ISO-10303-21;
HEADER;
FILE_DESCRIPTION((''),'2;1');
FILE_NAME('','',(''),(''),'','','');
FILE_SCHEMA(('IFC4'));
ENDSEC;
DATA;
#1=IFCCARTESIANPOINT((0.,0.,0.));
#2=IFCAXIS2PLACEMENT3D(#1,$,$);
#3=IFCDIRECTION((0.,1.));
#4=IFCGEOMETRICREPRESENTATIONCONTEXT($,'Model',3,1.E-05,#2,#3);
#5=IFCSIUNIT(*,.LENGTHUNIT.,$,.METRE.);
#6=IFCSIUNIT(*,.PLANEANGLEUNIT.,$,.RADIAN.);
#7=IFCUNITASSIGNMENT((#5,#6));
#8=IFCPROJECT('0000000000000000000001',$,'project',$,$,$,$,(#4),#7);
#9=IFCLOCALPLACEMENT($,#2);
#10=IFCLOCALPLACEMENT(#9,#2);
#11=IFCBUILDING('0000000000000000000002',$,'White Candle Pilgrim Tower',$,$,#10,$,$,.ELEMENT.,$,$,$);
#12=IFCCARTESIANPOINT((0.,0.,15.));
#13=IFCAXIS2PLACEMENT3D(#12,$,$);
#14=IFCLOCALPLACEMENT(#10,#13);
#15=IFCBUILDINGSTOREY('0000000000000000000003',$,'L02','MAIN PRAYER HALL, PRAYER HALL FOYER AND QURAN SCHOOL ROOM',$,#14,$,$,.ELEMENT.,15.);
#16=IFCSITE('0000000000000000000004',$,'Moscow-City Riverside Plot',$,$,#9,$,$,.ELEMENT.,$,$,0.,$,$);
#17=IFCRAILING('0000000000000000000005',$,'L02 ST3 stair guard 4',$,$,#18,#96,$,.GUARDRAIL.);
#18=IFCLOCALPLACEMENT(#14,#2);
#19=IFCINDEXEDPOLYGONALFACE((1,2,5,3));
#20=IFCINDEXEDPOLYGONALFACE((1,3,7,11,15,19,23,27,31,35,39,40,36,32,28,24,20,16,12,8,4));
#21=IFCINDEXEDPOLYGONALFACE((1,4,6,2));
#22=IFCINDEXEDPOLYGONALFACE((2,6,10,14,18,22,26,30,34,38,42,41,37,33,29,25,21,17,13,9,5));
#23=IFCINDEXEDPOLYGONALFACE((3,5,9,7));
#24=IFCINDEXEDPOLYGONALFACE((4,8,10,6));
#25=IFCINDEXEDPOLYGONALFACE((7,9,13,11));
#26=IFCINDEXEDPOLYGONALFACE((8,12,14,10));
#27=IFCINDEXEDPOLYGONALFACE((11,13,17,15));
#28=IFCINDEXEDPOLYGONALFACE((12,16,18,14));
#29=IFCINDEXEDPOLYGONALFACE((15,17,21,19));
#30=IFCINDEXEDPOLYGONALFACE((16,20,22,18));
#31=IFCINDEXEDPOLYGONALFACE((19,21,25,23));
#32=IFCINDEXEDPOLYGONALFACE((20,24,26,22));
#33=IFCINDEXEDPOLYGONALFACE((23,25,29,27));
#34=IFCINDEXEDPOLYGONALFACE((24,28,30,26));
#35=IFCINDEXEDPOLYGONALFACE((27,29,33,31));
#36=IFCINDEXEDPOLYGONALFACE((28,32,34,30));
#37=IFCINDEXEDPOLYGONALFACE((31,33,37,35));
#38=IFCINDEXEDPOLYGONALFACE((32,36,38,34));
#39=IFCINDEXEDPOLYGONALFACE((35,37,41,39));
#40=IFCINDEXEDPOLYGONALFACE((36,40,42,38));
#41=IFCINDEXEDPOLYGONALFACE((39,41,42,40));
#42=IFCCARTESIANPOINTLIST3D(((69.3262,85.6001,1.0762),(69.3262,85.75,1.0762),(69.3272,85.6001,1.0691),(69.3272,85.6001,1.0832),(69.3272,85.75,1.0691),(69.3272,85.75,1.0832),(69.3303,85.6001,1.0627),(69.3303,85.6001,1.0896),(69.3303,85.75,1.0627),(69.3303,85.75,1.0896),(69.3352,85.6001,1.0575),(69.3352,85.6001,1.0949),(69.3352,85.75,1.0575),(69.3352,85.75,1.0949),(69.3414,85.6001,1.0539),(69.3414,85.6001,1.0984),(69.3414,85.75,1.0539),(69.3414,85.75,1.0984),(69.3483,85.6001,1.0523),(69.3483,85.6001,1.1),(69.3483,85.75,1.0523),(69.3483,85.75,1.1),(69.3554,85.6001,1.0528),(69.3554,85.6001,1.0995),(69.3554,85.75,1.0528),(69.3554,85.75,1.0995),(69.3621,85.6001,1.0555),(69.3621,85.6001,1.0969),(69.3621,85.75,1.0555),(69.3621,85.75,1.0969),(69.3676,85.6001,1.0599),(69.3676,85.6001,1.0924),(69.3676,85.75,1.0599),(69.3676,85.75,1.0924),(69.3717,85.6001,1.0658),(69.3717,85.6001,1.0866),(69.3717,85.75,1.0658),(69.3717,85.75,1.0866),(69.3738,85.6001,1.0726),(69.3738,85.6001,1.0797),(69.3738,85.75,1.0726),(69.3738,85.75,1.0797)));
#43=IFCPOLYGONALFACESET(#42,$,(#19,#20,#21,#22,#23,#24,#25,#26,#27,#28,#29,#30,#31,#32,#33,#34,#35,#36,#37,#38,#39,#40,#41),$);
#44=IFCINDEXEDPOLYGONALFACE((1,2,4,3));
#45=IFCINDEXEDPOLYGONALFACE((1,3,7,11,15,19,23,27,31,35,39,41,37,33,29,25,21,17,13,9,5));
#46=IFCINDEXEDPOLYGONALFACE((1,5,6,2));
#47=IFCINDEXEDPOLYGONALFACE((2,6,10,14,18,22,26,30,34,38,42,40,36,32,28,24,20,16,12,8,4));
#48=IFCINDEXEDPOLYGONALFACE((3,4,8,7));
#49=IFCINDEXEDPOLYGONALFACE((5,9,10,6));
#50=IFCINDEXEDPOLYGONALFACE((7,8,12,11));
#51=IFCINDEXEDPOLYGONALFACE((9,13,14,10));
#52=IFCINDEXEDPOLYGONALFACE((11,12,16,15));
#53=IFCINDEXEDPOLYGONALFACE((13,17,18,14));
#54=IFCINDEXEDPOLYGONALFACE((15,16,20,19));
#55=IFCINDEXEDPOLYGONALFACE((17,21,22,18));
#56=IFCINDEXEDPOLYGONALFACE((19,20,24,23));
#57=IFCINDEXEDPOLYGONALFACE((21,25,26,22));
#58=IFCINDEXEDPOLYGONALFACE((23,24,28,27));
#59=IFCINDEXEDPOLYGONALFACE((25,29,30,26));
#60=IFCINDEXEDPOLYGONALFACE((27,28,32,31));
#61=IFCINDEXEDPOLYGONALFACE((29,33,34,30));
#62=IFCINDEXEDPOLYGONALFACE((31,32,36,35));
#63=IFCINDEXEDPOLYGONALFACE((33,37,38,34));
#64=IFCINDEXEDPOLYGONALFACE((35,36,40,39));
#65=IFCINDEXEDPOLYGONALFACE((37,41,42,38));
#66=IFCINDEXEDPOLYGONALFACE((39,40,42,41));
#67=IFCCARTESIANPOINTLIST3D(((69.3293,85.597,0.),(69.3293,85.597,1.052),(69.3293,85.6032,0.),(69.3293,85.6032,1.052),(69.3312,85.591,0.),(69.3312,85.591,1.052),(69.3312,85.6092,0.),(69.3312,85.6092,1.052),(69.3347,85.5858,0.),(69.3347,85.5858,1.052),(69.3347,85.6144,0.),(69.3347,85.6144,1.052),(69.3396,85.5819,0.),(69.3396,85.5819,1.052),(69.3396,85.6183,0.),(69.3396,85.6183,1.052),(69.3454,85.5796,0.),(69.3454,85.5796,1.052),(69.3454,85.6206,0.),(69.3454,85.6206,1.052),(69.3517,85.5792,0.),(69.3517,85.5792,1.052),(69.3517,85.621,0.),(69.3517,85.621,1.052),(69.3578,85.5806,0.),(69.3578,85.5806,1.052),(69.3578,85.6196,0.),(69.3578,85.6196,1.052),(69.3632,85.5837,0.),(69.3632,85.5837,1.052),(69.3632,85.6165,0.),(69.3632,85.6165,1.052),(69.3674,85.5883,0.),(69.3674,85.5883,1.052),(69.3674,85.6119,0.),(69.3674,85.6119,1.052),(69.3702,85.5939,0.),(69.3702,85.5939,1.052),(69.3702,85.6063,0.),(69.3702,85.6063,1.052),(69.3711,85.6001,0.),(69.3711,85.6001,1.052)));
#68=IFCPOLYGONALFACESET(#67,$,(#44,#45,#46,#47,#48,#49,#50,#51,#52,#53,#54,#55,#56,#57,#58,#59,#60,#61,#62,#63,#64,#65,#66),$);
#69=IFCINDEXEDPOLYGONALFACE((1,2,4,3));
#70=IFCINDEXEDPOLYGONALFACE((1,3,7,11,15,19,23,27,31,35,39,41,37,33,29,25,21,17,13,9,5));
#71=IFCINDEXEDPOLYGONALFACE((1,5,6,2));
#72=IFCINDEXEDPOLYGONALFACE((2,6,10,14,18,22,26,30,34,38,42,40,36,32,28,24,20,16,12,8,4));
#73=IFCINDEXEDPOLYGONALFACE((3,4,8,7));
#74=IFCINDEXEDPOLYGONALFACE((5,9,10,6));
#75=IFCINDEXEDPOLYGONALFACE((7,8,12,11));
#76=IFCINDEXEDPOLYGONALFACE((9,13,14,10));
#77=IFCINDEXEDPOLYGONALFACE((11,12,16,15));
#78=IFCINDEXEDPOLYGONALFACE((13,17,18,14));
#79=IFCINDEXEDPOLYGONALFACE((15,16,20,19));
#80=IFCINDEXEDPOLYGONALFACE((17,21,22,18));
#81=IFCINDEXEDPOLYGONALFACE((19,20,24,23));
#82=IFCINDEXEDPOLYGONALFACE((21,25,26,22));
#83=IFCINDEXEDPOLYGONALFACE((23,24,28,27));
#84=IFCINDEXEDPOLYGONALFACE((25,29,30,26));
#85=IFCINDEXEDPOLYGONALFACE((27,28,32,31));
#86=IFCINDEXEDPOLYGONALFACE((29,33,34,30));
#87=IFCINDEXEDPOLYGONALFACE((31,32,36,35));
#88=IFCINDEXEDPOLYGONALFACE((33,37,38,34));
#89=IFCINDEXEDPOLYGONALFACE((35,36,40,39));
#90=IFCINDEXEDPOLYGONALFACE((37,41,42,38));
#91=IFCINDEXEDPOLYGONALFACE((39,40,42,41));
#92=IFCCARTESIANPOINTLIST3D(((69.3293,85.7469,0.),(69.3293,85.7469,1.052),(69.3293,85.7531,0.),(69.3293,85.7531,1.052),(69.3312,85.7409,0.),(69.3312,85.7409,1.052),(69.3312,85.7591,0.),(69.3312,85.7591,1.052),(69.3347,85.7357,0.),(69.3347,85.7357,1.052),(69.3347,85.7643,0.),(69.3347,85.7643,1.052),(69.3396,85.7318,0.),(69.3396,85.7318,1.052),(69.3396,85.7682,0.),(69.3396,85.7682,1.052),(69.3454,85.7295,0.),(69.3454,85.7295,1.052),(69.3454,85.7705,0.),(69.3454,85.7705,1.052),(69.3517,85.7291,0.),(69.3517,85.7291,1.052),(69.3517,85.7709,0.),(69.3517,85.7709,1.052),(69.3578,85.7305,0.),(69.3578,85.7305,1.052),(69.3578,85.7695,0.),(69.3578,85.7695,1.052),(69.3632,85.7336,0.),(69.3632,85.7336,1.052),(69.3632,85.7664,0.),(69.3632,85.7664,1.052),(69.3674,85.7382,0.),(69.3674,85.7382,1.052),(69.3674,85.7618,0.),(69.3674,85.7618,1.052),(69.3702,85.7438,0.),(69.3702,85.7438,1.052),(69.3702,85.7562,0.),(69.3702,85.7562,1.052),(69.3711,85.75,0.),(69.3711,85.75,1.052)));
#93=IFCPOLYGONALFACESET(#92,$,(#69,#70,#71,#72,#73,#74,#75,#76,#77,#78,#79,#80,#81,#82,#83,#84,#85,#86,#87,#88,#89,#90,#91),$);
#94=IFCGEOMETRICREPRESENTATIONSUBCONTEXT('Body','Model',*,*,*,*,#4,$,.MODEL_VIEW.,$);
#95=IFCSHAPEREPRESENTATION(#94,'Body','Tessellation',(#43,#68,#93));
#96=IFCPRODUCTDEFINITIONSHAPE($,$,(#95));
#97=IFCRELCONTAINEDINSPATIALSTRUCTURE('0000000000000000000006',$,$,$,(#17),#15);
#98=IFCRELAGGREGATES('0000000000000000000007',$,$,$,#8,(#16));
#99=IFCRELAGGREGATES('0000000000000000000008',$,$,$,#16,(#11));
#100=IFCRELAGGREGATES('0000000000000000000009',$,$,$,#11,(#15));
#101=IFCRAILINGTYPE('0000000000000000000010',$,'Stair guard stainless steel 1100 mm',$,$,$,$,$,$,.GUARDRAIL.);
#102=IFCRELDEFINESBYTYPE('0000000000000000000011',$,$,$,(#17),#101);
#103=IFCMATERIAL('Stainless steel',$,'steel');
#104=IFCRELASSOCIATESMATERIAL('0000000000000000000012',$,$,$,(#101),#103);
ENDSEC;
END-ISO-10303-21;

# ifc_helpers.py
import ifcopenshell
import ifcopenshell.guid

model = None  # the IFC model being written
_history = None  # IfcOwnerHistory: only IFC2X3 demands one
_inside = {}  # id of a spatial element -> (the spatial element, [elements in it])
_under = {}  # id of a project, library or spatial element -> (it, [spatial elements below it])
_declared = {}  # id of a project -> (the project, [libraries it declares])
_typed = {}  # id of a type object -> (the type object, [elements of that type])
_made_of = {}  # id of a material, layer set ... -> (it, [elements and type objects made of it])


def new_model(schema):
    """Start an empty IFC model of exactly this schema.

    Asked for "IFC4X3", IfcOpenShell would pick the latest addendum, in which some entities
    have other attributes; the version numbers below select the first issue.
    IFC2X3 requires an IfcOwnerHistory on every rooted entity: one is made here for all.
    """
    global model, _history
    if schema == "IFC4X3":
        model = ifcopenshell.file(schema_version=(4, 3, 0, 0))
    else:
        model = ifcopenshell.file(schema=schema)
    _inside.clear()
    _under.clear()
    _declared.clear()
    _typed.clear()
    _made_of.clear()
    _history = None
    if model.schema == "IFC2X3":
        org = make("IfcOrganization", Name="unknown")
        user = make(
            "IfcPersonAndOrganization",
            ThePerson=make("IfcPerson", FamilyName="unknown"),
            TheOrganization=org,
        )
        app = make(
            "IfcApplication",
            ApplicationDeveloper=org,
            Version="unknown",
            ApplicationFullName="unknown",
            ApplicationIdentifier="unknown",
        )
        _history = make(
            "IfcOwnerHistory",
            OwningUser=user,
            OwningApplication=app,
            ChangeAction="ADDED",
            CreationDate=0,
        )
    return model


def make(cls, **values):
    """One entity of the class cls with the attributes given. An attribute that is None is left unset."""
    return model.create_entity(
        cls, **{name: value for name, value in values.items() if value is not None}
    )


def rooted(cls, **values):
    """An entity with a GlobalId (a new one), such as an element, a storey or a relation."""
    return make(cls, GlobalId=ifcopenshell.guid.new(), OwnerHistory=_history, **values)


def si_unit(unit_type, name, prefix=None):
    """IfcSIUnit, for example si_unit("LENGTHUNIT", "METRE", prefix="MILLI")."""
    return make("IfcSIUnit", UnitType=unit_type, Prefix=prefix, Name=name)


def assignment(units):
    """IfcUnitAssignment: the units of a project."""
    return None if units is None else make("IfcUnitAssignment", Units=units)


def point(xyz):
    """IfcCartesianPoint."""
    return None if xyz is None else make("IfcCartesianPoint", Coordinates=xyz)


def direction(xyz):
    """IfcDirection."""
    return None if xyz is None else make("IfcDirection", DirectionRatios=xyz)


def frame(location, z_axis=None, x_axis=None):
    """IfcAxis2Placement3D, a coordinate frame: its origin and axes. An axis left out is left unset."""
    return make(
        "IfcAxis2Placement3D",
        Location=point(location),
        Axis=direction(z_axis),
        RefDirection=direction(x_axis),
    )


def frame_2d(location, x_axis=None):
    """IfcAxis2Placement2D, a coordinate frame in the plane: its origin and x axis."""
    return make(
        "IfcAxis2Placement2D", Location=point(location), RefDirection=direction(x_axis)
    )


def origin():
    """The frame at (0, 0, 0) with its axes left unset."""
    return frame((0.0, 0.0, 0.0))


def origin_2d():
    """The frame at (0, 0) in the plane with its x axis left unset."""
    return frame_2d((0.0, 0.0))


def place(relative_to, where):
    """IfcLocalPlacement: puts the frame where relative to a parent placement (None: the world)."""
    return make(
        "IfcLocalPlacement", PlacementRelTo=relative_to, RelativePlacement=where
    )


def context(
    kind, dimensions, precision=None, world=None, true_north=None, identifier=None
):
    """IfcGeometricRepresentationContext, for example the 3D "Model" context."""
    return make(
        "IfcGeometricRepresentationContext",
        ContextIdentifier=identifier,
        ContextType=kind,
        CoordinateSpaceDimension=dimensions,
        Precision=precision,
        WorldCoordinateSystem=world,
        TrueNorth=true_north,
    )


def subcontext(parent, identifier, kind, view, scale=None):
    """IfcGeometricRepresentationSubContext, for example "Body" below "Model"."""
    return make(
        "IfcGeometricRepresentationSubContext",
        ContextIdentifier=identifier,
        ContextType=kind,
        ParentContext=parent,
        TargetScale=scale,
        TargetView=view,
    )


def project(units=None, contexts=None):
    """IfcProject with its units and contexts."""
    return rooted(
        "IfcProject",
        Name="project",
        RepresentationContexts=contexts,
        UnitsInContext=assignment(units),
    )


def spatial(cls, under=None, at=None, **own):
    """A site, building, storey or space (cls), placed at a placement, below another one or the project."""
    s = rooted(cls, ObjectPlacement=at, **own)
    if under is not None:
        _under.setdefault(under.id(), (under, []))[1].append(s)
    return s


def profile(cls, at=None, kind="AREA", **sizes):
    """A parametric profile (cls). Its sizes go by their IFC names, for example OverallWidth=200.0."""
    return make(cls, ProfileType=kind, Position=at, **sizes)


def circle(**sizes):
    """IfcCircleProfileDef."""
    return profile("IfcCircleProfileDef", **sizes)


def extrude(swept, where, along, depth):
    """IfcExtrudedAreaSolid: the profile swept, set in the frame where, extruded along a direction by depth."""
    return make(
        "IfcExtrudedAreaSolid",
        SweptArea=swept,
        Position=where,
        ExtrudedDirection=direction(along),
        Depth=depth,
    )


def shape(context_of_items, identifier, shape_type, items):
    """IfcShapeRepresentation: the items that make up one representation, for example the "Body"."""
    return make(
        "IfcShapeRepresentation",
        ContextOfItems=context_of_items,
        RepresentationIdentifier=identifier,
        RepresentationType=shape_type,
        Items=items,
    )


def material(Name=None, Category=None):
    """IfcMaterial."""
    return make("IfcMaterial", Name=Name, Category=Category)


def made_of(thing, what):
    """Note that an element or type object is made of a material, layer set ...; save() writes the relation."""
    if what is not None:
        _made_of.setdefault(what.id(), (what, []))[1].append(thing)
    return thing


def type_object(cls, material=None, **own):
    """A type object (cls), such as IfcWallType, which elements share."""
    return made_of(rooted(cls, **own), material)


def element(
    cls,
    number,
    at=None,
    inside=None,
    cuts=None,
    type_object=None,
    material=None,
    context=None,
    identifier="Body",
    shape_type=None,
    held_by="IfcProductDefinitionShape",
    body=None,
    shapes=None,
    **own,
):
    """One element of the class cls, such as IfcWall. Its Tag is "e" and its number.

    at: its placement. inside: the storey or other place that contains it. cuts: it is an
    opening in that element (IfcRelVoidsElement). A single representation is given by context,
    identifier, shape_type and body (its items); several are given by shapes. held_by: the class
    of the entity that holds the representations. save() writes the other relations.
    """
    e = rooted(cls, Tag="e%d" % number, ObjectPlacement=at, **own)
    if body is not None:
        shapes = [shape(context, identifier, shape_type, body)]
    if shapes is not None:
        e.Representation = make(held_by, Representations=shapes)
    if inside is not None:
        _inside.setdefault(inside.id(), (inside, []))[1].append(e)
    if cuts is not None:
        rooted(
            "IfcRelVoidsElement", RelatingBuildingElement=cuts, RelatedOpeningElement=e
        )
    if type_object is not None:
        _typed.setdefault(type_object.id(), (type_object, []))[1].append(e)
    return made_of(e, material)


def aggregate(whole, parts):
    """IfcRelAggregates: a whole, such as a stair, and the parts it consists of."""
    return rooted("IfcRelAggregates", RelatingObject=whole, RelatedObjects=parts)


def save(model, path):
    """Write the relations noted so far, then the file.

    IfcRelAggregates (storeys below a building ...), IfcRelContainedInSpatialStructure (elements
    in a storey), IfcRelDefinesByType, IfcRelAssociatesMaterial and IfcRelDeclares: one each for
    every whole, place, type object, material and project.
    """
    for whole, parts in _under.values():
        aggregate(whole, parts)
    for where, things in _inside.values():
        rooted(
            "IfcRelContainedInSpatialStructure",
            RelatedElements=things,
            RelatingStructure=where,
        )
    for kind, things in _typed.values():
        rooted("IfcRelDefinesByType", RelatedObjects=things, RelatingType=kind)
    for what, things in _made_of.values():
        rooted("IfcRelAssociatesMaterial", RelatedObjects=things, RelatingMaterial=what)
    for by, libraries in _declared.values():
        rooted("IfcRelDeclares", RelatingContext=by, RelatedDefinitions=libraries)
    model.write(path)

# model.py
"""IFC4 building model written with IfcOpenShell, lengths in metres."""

from ifc_helpers import new_model, si_unit, direction, frame, origin, origin_2d, place, context, subcontext, project, spatial, circle, extrude, material, type_object, element, save


model = new_model("IFC4")

# Units and contexts
model_context = context("Model", 3, precision=1e-05, world=origin(), true_north=direction((0.0, 1.0)))
body_context = subcontext(model_context, "Body", "Model", "MODEL_VIEW")
ifc_project = project(units=[si_unit("LENGTHUNIT", "METRE"), si_unit("PLANEANGLEUNIT", "RADIAN")], contexts=[model_context])

# Site, building, storey
site_placement = place(None, origin())
site = spatial("IfcSite", under=ifc_project, at=site_placement, Name="Moscow-City Riverside Plot", CompositionType="ELEMENT", RefElevation=0.0)
building_placement = place(site_placement, origin())
building = spatial("IfcBuilding", under=site, at=building_placement, Name="White Candle Pilgrim Tower", CompositionType="ELEMENT")
storey_placement = place(building_placement, frame((0.0, 0.0, 15.0)))
storey = spatial("IfcBuildingStorey", under=building, at=storey_placement, Name="L02", Description="MAIN PRAYER HALL, PRAYER HALL FOYER AND QURAN SCHOOL ROOM", CompositionType="ELEMENT", Elevation=15.0)

# Railing
ifc_material_1 = material(Name="Stainless steel", Category="steel")
railing_type_1 = type_object("IfcRailingType", Name="Stair guard stainless steel 1100 mm", PredefinedType="GUARDRAIL", material=ifc_material_1)
railing_1_placement = place(storey_placement, frame((69.3501, 85.6001, 0.0)))
element("IfcRailing", 1, at=railing_1_placement, inside=storey, type_object=railing_type_1, Name="L02 ST3 stair guard 4", PredefinedType="GUARDRAIL", context=body_context, shape_type="SweptSolid", body=[
    extrude(circle(Radius=0.0239, at=origin_2d()), frame((0.0, 0.0, 1.0762), z_axis=(0.0, 1.0, 0.0), x_axis=(-1.0, 0.0, 0.0)), (0.0, 0.0, 1.0), 0.1499),
    extrude(circle(Radius=0.021, at=origin_2d()), origin(), (0.0, 0.0, 1.0), 1.052),
    extrude(circle(Radius=0.021, at=origin_2d()), frame((0.0, 0.1499, 0.0)), (0.0, 0.0, 1.0), 1.052),
])

save(model, "model.ifc")
